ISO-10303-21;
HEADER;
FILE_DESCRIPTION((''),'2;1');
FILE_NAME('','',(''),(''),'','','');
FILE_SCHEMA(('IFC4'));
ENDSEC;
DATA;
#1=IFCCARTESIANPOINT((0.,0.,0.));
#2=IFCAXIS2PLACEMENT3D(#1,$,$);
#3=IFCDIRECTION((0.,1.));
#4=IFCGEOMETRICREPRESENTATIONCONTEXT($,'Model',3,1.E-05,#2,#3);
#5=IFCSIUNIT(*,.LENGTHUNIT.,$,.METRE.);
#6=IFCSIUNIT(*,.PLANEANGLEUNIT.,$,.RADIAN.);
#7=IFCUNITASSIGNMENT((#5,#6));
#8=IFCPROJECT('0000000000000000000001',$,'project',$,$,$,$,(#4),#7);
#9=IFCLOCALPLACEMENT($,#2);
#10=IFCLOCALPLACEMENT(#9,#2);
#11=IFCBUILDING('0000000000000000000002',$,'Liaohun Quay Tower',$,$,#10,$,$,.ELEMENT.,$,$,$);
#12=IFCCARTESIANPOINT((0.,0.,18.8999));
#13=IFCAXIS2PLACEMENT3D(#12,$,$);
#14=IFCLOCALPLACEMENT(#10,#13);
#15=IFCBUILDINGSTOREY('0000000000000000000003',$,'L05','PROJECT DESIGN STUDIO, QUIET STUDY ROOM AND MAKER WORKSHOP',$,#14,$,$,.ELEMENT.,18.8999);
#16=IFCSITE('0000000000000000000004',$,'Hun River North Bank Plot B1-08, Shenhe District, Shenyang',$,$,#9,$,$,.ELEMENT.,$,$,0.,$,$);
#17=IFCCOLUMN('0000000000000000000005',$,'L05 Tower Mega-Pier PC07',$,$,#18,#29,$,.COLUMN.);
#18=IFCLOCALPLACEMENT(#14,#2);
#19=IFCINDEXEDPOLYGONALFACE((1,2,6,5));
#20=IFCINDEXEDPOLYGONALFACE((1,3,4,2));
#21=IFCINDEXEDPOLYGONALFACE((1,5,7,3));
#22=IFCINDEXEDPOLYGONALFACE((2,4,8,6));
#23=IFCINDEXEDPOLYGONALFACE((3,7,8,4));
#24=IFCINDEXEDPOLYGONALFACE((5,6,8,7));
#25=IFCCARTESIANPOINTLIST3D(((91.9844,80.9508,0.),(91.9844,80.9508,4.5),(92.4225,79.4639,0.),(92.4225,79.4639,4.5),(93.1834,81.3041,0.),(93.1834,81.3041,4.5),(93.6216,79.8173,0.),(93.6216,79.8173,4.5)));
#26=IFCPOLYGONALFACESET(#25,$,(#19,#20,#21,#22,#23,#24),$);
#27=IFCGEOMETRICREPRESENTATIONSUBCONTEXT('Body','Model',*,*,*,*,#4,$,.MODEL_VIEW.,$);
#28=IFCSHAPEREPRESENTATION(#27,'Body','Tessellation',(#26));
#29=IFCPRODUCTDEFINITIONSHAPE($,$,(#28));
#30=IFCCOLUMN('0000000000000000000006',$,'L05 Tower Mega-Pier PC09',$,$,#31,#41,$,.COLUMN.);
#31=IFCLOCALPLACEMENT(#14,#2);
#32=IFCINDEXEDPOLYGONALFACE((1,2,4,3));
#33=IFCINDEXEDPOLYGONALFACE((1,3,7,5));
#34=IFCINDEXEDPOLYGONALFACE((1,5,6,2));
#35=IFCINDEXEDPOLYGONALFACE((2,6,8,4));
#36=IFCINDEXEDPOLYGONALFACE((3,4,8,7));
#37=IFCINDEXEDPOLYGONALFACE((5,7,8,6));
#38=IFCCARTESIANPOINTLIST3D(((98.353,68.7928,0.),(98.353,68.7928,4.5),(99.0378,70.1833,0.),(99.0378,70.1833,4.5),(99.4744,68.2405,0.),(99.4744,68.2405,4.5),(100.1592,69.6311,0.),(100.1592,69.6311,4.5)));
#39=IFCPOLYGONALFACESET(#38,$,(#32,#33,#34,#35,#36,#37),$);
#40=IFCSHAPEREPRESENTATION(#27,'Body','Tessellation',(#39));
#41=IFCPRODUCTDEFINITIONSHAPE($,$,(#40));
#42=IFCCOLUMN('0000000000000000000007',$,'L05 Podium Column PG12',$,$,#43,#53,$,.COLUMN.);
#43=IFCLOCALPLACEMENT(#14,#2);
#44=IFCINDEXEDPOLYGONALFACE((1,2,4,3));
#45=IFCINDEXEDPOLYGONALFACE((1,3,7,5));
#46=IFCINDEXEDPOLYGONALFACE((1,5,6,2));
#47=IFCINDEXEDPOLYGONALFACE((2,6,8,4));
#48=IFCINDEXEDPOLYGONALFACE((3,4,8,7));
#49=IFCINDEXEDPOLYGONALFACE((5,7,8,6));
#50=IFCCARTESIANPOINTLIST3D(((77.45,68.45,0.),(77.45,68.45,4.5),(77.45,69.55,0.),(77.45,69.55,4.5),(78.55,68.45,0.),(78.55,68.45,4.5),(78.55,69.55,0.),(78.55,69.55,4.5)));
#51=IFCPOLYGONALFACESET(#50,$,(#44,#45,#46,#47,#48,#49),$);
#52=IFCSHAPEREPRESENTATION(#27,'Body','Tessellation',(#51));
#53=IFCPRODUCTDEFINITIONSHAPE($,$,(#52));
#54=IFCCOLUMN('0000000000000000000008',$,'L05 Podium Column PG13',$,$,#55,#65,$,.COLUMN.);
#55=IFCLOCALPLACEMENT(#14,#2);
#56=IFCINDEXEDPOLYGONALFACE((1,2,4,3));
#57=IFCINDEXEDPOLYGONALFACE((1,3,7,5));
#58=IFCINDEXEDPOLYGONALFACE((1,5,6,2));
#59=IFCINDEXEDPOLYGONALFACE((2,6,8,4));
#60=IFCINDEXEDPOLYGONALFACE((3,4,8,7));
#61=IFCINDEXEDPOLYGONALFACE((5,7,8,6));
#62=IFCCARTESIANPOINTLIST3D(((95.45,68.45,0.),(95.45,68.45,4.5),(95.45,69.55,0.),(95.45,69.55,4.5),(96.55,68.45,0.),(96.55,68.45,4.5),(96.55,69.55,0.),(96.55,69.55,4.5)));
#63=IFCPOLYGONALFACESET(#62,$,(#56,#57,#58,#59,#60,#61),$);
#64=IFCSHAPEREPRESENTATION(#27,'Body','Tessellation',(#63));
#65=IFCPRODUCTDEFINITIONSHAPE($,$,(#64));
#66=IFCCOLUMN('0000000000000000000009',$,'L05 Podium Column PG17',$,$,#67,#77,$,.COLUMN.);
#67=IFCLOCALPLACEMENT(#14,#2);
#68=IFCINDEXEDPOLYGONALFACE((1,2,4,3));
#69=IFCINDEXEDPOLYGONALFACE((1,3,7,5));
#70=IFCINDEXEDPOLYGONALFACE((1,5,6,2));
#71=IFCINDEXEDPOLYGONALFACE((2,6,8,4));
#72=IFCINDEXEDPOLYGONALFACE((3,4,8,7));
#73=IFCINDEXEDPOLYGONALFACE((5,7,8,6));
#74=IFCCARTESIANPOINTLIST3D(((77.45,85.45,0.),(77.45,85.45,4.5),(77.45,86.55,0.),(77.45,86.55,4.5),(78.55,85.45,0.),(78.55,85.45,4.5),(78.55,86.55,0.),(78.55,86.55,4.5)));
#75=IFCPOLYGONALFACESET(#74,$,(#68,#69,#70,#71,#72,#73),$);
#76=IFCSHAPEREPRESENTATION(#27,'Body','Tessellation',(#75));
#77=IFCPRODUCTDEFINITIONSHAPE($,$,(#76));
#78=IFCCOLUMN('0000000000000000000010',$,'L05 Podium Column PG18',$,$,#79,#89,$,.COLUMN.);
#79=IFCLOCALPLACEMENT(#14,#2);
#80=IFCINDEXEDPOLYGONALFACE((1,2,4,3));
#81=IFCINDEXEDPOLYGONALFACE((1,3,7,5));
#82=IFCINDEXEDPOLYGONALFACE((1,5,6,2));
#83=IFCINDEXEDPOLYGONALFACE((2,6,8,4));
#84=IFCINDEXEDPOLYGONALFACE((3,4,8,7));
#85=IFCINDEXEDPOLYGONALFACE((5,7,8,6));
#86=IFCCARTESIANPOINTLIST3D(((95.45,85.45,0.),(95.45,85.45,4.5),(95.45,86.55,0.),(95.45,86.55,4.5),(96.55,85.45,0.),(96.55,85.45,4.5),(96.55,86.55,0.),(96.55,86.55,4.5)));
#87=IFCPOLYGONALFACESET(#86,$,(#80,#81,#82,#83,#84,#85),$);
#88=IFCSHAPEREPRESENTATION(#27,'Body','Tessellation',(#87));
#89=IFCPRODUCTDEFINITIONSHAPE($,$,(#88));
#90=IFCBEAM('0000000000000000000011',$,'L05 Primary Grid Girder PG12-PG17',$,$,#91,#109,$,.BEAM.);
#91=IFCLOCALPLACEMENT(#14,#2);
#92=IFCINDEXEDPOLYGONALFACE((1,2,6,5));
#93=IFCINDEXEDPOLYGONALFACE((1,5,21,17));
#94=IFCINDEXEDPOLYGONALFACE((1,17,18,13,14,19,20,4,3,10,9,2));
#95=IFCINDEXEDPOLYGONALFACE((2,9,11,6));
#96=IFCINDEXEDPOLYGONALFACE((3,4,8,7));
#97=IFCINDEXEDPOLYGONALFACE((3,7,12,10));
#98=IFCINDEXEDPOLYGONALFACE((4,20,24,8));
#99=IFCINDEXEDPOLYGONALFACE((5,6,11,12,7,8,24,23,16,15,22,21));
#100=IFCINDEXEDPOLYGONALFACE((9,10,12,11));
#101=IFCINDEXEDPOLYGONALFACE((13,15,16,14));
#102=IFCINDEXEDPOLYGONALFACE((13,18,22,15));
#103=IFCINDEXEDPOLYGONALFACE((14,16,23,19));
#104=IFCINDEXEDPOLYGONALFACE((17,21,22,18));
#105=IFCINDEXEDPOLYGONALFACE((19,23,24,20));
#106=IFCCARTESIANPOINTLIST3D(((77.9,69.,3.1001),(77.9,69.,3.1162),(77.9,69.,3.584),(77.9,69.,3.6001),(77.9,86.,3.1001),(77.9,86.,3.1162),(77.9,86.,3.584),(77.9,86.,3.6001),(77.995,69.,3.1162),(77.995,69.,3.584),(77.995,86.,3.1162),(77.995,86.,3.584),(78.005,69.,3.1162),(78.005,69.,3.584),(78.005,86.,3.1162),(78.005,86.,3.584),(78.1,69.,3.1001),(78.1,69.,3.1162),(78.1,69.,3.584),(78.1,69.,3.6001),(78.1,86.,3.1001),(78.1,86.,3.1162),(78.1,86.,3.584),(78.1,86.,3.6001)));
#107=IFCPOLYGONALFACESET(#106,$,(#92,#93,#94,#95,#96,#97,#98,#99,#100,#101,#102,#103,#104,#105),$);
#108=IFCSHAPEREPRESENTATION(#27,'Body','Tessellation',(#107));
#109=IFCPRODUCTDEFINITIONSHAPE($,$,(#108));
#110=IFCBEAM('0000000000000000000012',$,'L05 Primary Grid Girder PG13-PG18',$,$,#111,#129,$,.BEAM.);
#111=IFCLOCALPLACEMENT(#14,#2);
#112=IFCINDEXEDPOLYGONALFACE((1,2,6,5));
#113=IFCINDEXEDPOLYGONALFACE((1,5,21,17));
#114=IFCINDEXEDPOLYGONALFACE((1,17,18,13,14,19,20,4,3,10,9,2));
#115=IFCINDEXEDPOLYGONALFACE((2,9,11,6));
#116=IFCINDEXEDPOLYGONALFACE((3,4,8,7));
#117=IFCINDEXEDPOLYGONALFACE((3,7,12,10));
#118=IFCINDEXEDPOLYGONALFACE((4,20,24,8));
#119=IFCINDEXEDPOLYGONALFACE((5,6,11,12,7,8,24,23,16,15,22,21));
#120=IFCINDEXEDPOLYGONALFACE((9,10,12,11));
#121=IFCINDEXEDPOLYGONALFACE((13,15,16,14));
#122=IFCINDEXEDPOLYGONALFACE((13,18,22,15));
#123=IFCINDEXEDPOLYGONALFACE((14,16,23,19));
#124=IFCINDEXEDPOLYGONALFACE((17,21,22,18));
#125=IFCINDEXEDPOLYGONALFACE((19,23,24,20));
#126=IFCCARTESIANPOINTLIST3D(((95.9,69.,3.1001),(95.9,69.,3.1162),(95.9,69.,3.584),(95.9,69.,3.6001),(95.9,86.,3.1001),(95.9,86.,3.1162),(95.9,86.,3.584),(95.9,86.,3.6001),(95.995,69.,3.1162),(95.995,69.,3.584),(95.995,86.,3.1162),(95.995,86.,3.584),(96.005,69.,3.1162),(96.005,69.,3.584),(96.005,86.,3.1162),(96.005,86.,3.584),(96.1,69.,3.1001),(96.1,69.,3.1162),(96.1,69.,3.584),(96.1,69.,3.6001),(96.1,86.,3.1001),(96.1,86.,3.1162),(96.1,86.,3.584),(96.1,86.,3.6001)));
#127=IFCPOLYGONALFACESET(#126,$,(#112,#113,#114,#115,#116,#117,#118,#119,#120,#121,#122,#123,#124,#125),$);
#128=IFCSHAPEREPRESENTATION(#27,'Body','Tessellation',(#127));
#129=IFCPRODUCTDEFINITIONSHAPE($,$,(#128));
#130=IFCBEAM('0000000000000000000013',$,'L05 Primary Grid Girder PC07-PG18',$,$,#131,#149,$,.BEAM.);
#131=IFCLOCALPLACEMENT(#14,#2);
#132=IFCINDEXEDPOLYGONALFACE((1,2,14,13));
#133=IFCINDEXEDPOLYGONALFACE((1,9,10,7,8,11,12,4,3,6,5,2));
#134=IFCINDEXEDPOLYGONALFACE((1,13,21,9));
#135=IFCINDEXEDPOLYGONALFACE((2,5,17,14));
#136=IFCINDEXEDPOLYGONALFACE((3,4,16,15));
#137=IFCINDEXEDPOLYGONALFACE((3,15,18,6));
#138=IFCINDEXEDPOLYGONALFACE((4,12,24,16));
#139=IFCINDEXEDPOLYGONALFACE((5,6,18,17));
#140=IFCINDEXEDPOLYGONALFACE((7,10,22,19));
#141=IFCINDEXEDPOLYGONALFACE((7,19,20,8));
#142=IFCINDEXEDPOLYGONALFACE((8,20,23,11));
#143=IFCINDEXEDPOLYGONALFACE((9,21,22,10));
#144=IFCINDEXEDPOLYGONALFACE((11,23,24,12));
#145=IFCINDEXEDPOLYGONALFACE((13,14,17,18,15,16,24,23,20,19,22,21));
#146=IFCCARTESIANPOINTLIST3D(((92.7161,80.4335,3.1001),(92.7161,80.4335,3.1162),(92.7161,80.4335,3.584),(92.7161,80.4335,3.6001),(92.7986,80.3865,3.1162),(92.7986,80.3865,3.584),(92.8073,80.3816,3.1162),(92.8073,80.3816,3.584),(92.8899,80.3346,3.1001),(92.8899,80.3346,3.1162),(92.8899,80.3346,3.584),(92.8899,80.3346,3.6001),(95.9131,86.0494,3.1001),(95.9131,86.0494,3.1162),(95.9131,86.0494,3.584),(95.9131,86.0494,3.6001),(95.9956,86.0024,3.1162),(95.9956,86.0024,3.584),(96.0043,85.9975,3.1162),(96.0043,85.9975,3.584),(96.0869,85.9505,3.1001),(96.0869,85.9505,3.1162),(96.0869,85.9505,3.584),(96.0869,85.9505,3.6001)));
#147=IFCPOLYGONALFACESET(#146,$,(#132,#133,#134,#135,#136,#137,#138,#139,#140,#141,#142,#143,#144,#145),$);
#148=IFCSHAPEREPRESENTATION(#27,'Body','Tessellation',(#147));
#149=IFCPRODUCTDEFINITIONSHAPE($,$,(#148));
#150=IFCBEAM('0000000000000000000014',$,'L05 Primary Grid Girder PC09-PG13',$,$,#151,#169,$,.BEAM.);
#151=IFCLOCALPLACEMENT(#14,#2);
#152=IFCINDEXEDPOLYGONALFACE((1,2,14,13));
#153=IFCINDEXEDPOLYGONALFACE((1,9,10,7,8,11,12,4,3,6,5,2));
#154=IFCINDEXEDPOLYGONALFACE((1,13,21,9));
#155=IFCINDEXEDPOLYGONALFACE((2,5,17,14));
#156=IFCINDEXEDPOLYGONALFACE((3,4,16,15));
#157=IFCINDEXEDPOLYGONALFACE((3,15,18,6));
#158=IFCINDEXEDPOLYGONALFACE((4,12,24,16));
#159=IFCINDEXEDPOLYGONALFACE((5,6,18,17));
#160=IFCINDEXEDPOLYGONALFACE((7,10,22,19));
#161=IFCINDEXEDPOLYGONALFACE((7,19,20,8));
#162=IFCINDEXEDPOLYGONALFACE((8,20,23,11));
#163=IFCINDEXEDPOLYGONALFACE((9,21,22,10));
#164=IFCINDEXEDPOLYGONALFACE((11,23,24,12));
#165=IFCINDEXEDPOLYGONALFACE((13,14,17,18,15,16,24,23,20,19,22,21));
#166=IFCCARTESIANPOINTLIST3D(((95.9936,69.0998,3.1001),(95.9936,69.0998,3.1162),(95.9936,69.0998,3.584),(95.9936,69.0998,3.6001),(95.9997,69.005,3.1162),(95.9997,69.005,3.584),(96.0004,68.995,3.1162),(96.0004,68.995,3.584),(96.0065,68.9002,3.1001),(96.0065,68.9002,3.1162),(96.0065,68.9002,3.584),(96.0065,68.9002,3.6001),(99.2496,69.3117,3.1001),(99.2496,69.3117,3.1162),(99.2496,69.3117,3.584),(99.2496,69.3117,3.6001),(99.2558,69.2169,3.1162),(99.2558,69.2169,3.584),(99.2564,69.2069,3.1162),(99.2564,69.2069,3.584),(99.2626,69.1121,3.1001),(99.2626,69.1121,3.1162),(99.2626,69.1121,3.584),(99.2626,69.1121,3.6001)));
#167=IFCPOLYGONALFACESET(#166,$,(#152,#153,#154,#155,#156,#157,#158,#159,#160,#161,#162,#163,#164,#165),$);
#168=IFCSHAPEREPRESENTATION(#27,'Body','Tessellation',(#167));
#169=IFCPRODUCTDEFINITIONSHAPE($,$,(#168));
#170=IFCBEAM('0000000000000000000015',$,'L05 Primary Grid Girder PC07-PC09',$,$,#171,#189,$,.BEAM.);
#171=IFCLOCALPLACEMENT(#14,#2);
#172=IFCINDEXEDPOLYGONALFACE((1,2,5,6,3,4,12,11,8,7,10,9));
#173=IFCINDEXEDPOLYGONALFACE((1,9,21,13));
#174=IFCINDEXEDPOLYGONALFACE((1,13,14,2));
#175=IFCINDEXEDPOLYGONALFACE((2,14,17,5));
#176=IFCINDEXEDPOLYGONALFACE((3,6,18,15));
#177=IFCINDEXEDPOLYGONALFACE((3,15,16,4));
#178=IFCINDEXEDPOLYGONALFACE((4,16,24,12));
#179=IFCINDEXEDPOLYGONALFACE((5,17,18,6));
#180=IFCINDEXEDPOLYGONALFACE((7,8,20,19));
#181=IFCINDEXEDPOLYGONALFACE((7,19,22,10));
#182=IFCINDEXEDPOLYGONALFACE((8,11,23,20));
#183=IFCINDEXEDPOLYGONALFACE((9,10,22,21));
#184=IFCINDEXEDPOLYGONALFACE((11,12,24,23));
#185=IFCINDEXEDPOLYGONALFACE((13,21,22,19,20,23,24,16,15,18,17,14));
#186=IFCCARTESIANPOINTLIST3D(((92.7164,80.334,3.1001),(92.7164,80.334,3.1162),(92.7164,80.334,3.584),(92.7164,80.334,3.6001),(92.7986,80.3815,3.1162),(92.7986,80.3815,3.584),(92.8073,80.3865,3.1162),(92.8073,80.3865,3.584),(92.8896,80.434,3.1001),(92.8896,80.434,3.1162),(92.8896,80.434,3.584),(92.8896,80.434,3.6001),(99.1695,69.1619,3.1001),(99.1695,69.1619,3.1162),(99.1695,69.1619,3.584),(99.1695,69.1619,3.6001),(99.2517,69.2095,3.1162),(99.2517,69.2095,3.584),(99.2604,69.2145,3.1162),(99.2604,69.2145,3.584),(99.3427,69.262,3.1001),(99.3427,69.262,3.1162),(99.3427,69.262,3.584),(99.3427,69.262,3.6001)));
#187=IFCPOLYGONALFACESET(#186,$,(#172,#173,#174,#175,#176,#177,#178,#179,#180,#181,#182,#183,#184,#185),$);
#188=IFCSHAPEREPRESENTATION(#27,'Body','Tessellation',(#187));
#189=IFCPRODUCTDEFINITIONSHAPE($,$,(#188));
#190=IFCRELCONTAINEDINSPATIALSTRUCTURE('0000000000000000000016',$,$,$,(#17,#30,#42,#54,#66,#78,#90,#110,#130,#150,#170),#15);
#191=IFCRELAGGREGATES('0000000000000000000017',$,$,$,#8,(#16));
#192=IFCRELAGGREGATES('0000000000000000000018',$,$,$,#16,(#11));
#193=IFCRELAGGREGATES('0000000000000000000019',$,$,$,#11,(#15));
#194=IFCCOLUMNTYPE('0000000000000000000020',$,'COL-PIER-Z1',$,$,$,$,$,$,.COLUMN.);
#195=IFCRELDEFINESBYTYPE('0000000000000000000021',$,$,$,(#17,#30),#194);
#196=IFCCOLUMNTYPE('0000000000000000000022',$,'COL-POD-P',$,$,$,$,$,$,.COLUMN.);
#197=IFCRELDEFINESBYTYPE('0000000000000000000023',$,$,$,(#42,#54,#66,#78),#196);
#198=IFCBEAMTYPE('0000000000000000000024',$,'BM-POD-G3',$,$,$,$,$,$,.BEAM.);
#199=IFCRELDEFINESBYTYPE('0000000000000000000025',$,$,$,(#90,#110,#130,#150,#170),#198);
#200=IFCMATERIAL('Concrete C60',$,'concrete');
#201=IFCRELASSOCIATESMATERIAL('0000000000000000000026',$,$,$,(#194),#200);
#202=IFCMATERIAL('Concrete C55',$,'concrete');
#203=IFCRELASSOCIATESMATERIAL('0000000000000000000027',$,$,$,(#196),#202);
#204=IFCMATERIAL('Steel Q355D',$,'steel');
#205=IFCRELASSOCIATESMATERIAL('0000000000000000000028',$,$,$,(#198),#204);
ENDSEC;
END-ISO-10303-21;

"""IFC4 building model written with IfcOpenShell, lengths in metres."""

from ifc_helpers import new_model, si_unit, direction, frame, origin, origin_2d, place, context, subcontext, project, spatial, rectangle, i_section, extrude, source, transform, mapped, material, material_profile, profile_set, type_object, element, save


model = new_model("IFC4")

# Units and contexts
model_context = context("Model", 3, precision=1e-05, world=origin(), true_north=direction((0.0, 1.0)))
body_context = subcontext(model_context, "Body", "Model", "MODEL_VIEW")
ifc_project = project(units=[si_unit("LENGTHUNIT", "METRE"), si_unit("PLANEANGLEUNIT", "RADIAN")], contexts=[model_context])

# Site, building, storey
site_placement = place(None, origin())
site = spatial("IfcSite", under=ifc_project, at=site_placement, Name="Hun River North Bank Plot B1-08, Shenhe District, Shenyang", CompositionType="ELEMENT", RefElevation=0.0)
building_placement = place(site_placement, origin())
building = spatial("IfcBuilding", under=site, at=building_placement, Name="Liaohun Quay Tower", CompositionType="ELEMENT")
storey_placement = place(building_placement, frame((0.0, 0.0, 18.8999)))
storey = spatial("IfcBuildingStorey", under=building, at=storey_placement, Name="L05", Description="PROJECT DESIGN STUDIO, QUIET STUDY ROOM AND MAKER WORKSHOP", CompositionType="ELEMENT", Elevation=18.8999)

# Columns
ifc_material_1 = material(Name="Concrete C60", Category="concrete")
ifc_material_profile_1 = material_profile(ifc_material_1, rectangle(XDim=1.55, YDim=1.25, at=origin_2d()), Name="RC1550x1250")
ifc_profile_set_1 = profile_set([ifc_material_profile_1], Name="Concrete C60")
column_type_1 = type_object("IfcColumnType", Name="COL-PIER-Z1", PredefinedType="COLUMN", material=ifc_profile_set_1)
shared_shape_1 = source(origin(), body_context, "Body", "SweptSolid", [
    extrude(rectangle(XDim=1.55, YDim=1.25, at=origin_2d()), origin(), (0.0, 0.0, 1.0), 4.5),
])
for number, where, z_axis, x_axis, name in (
    (1, (92.803, 80.384, 0.0), (0.0, 0.0, 1.0), (-0.282676, 0.959215, 0.0), "L05 Tower Mega-Pier PC07"),
    (2, (99.2561, 69.2119, 0.0), (0.0, 0.0, 1.0), (0.441819, 0.897104, 0.0), "L05 Tower Mega-Pier PC09"),
):
    element("IfcColumn", number, at=place(storey_placement, frame(where, z_axis=z_axis, x_axis=x_axis)), inside=storey, type_object=column_type_1, Name=name, PredefinedType="COLUMN", context=body_context, shape_type="MappedRepresentation", body=[
        mapped(shared_shape_1, transform((0.0, 0.0, 0.0), x_axis=(1.0, 0.0, 0.0), y_axis=(0.0, 1.0, 0.0), z_axis=(0.0, 0.0, 1.0), scale=1.0)),
    ])
ifc_material_2 = material(Name="Concrete C55", Category="concrete")
ifc_material_profile_2 = material_profile(ifc_material_2, rectangle(XDim=1.1001, YDim=1.1001, at=origin_2d()), Name="RC1100x1100")
ifc_profile_set_2 = profile_set([ifc_material_profile_2], Name="Concrete C55")
column_type_2 = type_object("IfcColumnType", Name="COL-POD-P", PredefinedType="COLUMN", material=ifc_profile_set_2)
shared_shape_2 = source(origin(), body_context, "Body", "SweptSolid", [
    extrude(rectangle(XDim=1.1001, YDim=1.1001, at=origin_2d()), origin(), (0.0, 0.0, 1.0), 4.5),
])
for number, where, z_axis, x_axis, name in (
    (3, (78.0, 69.0, 0.0), (0.0, 0.0, 1.0), (1.0, 0.0, 0.0), "L05 Podium Column PG12"),
    (4, (96.0, 69.0, 0.0), (0.0, 0.0, 1.0), (1.0, 0.0, 0.0), "L05 Podium Column PG13"),
    (5, (78.0, 86.0, 0.0), (0.0, 0.0, 1.0), (1.0, 0.0, 0.0), "L05 Podium Column PG17"),
    (6, (96.0, 86.0, 0.0), (0.0, 0.0, 1.0), (1.0, 0.0, 0.0), "L05 Podium Column PG18"),
):
    element("IfcColumn", number, at=place(storey_placement, frame(where, z_axis=z_axis, x_axis=x_axis)), inside=storey, type_object=column_type_2, Name=name, PredefinedType="COLUMN", context=body_context, shape_type="MappedRepresentation", body=[
        mapped(shared_shape_2, transform((0.0, 0.0, 0.0), x_axis=(1.0, 0.0, 0.0), y_axis=(0.0, 1.0, 0.0), z_axis=(0.0, 0.0, 1.0), scale=1.0)),
    ])

# Beams
ifc_material_3 = material(Name="Steel Q355D", Category="steel")
ifc_material_profile_3 = material_profile(ifc_material_3, i_section(OverallWidth=0.2, OverallDepth=0.5, WebThickness=0.01, FlangeThickness=0.0161, at=origin_2d()), Name="HN500x200x10x16")
ifc_profile_set_3 = profile_set([ifc_material_profile_3], Name="Steel Q355D")
beam_type_1 = type_object("IfcBeamType", Name="BM-POD-G3", PredefinedType="BEAM", material=ifc_profile_set_3)
shared_shape_3 = source(origin(), body_context, "Body", "SweptSolid", [
    extrude(i_section(OverallWidth=0.2, OverallDepth=0.5, WebThickness=0.01, FlangeThickness=0.0161, at=origin_2d()), origin(), (0.0, 0.0, 1.0), 17.0),
])
for number, where, z_axis, x_axis, name in (
    (7, (78.0, 69.0, 3.3501), (0.0, 1.0, 0.0), (-1.0, 0.0, 0.0), "L05 Primary Grid Girder PG12-PG17"),
    (8, (96.0, 69.0, 3.3501), (0.0, 1.0, 0.0), (-1.0, 0.0, 0.0), "L05 Primary Grid Girder PG13-PG18"),
):
    element("IfcBeam", number, at=place(storey_placement, frame(where, z_axis=z_axis, x_axis=x_axis)), inside=storey, type_object=beam_type_1, Name=name, PredefinedType="BEAM", context=body_context, shape_type="MappedRepresentation", body=[
        mapped(shared_shape_3, transform((0.0, 0.0, 0.0), x_axis=(1.0, 0.0, 0.0), y_axis=(0.0, 1.0, 0.0), z_axis=(0.0, 0.0, 1.0), scale=1.0)),
    ])
shared_shape_4 = source(origin(), body_context, "Body", "SweptSolid", [
    extrude(i_section(OverallWidth=0.2, OverallDepth=0.5, WebThickness=0.01, FlangeThickness=0.0161, at=origin_2d()), origin(), (0.0, 0.0, 1.0), 6.4622),
])
beam_1_placement = place(storey_placement, frame((92.803, 80.384, 3.3501), z_axis=(0.494726, 0.869049, 0.0), x_axis=(-0.869049, 0.494726, 0.0)))
element("IfcBeam", 9, at=beam_1_placement, inside=storey, type_object=beam_type_1, Name="L05 Primary Grid Girder PC07-PG18", PredefinedType="BEAM", context=body_context, shape_type="MappedRepresentation", body=[
    mapped(shared_shape_4, transform((0.0, 0.0, 0.0), x_axis=(1.0, 0.0, 0.0), y_axis=(0.0, 1.0, 0.0), z_axis=(0.0, 0.0, 1.0), scale=1.0)),
])
shared_shape_5 = source(origin(), body_context, "Body", "SweptSolid", [
    extrude(i_section(OverallWidth=0.2, OverallDepth=0.5, WebThickness=0.01, FlangeThickness=0.0161, at=origin_2d()), origin(), (0.0, 0.0, 1.0), 3.2629),
])
beam_2_placement = place(storey_placement, frame((99.2561, 69.2119, 3.3501), z_axis=(-0.997889, -0.064945, 0.0), x_axis=(0.064945, -0.997889, 0.0)))
element("IfcBeam", 10, at=beam_2_placement, inside=storey, type_object=beam_type_1, Name="L05 Primary Grid Girder PC09-PG13", PredefinedType="BEAM", context=body_context, shape_type="MappedRepresentation", body=[
    mapped(shared_shape_5, transform((0.0, 0.0, 0.0), x_axis=(1.0, 0.0, 0.0), y_axis=(0.0, 1.0, 0.0), z_axis=(0.0, 0.0, 1.0), scale=1.0)),
])
shared_shape_6 = source(origin(), body_context, "Body", "SweptSolid", [
    extrude(i_section(OverallWidth=0.2, OverallDepth=0.5, WebThickness=0.01, FlangeThickness=0.0161, at=origin_2d()), origin(), (0.0, 0.0, 1.0), 12.9019),
])
beam_3_placement = place(storey_placement, frame((92.803, 80.384, 3.3501), z_axis=(0.500169, -0.865928, 0.0), x_axis=(0.865928, 0.500169, 0.0)))
element("IfcBeam", 11, at=beam_3_placement, inside=storey, type_object=beam_type_1, Name="L05 Primary Grid Girder PC07-PC09", PredefinedType="BEAM", context=body_context, shape_type="MappedRepresentation", body=[
    mapped(shared_shape_6, transform((0.0, 0.0, 0.0), x_axis=(1.0, 0.0, 0.0), y_axis=(0.0, 1.0, 0.0), z_axis=(0.0, 0.0, 1.0), scale=1.0)),
])

save(model, "model.ifc")
